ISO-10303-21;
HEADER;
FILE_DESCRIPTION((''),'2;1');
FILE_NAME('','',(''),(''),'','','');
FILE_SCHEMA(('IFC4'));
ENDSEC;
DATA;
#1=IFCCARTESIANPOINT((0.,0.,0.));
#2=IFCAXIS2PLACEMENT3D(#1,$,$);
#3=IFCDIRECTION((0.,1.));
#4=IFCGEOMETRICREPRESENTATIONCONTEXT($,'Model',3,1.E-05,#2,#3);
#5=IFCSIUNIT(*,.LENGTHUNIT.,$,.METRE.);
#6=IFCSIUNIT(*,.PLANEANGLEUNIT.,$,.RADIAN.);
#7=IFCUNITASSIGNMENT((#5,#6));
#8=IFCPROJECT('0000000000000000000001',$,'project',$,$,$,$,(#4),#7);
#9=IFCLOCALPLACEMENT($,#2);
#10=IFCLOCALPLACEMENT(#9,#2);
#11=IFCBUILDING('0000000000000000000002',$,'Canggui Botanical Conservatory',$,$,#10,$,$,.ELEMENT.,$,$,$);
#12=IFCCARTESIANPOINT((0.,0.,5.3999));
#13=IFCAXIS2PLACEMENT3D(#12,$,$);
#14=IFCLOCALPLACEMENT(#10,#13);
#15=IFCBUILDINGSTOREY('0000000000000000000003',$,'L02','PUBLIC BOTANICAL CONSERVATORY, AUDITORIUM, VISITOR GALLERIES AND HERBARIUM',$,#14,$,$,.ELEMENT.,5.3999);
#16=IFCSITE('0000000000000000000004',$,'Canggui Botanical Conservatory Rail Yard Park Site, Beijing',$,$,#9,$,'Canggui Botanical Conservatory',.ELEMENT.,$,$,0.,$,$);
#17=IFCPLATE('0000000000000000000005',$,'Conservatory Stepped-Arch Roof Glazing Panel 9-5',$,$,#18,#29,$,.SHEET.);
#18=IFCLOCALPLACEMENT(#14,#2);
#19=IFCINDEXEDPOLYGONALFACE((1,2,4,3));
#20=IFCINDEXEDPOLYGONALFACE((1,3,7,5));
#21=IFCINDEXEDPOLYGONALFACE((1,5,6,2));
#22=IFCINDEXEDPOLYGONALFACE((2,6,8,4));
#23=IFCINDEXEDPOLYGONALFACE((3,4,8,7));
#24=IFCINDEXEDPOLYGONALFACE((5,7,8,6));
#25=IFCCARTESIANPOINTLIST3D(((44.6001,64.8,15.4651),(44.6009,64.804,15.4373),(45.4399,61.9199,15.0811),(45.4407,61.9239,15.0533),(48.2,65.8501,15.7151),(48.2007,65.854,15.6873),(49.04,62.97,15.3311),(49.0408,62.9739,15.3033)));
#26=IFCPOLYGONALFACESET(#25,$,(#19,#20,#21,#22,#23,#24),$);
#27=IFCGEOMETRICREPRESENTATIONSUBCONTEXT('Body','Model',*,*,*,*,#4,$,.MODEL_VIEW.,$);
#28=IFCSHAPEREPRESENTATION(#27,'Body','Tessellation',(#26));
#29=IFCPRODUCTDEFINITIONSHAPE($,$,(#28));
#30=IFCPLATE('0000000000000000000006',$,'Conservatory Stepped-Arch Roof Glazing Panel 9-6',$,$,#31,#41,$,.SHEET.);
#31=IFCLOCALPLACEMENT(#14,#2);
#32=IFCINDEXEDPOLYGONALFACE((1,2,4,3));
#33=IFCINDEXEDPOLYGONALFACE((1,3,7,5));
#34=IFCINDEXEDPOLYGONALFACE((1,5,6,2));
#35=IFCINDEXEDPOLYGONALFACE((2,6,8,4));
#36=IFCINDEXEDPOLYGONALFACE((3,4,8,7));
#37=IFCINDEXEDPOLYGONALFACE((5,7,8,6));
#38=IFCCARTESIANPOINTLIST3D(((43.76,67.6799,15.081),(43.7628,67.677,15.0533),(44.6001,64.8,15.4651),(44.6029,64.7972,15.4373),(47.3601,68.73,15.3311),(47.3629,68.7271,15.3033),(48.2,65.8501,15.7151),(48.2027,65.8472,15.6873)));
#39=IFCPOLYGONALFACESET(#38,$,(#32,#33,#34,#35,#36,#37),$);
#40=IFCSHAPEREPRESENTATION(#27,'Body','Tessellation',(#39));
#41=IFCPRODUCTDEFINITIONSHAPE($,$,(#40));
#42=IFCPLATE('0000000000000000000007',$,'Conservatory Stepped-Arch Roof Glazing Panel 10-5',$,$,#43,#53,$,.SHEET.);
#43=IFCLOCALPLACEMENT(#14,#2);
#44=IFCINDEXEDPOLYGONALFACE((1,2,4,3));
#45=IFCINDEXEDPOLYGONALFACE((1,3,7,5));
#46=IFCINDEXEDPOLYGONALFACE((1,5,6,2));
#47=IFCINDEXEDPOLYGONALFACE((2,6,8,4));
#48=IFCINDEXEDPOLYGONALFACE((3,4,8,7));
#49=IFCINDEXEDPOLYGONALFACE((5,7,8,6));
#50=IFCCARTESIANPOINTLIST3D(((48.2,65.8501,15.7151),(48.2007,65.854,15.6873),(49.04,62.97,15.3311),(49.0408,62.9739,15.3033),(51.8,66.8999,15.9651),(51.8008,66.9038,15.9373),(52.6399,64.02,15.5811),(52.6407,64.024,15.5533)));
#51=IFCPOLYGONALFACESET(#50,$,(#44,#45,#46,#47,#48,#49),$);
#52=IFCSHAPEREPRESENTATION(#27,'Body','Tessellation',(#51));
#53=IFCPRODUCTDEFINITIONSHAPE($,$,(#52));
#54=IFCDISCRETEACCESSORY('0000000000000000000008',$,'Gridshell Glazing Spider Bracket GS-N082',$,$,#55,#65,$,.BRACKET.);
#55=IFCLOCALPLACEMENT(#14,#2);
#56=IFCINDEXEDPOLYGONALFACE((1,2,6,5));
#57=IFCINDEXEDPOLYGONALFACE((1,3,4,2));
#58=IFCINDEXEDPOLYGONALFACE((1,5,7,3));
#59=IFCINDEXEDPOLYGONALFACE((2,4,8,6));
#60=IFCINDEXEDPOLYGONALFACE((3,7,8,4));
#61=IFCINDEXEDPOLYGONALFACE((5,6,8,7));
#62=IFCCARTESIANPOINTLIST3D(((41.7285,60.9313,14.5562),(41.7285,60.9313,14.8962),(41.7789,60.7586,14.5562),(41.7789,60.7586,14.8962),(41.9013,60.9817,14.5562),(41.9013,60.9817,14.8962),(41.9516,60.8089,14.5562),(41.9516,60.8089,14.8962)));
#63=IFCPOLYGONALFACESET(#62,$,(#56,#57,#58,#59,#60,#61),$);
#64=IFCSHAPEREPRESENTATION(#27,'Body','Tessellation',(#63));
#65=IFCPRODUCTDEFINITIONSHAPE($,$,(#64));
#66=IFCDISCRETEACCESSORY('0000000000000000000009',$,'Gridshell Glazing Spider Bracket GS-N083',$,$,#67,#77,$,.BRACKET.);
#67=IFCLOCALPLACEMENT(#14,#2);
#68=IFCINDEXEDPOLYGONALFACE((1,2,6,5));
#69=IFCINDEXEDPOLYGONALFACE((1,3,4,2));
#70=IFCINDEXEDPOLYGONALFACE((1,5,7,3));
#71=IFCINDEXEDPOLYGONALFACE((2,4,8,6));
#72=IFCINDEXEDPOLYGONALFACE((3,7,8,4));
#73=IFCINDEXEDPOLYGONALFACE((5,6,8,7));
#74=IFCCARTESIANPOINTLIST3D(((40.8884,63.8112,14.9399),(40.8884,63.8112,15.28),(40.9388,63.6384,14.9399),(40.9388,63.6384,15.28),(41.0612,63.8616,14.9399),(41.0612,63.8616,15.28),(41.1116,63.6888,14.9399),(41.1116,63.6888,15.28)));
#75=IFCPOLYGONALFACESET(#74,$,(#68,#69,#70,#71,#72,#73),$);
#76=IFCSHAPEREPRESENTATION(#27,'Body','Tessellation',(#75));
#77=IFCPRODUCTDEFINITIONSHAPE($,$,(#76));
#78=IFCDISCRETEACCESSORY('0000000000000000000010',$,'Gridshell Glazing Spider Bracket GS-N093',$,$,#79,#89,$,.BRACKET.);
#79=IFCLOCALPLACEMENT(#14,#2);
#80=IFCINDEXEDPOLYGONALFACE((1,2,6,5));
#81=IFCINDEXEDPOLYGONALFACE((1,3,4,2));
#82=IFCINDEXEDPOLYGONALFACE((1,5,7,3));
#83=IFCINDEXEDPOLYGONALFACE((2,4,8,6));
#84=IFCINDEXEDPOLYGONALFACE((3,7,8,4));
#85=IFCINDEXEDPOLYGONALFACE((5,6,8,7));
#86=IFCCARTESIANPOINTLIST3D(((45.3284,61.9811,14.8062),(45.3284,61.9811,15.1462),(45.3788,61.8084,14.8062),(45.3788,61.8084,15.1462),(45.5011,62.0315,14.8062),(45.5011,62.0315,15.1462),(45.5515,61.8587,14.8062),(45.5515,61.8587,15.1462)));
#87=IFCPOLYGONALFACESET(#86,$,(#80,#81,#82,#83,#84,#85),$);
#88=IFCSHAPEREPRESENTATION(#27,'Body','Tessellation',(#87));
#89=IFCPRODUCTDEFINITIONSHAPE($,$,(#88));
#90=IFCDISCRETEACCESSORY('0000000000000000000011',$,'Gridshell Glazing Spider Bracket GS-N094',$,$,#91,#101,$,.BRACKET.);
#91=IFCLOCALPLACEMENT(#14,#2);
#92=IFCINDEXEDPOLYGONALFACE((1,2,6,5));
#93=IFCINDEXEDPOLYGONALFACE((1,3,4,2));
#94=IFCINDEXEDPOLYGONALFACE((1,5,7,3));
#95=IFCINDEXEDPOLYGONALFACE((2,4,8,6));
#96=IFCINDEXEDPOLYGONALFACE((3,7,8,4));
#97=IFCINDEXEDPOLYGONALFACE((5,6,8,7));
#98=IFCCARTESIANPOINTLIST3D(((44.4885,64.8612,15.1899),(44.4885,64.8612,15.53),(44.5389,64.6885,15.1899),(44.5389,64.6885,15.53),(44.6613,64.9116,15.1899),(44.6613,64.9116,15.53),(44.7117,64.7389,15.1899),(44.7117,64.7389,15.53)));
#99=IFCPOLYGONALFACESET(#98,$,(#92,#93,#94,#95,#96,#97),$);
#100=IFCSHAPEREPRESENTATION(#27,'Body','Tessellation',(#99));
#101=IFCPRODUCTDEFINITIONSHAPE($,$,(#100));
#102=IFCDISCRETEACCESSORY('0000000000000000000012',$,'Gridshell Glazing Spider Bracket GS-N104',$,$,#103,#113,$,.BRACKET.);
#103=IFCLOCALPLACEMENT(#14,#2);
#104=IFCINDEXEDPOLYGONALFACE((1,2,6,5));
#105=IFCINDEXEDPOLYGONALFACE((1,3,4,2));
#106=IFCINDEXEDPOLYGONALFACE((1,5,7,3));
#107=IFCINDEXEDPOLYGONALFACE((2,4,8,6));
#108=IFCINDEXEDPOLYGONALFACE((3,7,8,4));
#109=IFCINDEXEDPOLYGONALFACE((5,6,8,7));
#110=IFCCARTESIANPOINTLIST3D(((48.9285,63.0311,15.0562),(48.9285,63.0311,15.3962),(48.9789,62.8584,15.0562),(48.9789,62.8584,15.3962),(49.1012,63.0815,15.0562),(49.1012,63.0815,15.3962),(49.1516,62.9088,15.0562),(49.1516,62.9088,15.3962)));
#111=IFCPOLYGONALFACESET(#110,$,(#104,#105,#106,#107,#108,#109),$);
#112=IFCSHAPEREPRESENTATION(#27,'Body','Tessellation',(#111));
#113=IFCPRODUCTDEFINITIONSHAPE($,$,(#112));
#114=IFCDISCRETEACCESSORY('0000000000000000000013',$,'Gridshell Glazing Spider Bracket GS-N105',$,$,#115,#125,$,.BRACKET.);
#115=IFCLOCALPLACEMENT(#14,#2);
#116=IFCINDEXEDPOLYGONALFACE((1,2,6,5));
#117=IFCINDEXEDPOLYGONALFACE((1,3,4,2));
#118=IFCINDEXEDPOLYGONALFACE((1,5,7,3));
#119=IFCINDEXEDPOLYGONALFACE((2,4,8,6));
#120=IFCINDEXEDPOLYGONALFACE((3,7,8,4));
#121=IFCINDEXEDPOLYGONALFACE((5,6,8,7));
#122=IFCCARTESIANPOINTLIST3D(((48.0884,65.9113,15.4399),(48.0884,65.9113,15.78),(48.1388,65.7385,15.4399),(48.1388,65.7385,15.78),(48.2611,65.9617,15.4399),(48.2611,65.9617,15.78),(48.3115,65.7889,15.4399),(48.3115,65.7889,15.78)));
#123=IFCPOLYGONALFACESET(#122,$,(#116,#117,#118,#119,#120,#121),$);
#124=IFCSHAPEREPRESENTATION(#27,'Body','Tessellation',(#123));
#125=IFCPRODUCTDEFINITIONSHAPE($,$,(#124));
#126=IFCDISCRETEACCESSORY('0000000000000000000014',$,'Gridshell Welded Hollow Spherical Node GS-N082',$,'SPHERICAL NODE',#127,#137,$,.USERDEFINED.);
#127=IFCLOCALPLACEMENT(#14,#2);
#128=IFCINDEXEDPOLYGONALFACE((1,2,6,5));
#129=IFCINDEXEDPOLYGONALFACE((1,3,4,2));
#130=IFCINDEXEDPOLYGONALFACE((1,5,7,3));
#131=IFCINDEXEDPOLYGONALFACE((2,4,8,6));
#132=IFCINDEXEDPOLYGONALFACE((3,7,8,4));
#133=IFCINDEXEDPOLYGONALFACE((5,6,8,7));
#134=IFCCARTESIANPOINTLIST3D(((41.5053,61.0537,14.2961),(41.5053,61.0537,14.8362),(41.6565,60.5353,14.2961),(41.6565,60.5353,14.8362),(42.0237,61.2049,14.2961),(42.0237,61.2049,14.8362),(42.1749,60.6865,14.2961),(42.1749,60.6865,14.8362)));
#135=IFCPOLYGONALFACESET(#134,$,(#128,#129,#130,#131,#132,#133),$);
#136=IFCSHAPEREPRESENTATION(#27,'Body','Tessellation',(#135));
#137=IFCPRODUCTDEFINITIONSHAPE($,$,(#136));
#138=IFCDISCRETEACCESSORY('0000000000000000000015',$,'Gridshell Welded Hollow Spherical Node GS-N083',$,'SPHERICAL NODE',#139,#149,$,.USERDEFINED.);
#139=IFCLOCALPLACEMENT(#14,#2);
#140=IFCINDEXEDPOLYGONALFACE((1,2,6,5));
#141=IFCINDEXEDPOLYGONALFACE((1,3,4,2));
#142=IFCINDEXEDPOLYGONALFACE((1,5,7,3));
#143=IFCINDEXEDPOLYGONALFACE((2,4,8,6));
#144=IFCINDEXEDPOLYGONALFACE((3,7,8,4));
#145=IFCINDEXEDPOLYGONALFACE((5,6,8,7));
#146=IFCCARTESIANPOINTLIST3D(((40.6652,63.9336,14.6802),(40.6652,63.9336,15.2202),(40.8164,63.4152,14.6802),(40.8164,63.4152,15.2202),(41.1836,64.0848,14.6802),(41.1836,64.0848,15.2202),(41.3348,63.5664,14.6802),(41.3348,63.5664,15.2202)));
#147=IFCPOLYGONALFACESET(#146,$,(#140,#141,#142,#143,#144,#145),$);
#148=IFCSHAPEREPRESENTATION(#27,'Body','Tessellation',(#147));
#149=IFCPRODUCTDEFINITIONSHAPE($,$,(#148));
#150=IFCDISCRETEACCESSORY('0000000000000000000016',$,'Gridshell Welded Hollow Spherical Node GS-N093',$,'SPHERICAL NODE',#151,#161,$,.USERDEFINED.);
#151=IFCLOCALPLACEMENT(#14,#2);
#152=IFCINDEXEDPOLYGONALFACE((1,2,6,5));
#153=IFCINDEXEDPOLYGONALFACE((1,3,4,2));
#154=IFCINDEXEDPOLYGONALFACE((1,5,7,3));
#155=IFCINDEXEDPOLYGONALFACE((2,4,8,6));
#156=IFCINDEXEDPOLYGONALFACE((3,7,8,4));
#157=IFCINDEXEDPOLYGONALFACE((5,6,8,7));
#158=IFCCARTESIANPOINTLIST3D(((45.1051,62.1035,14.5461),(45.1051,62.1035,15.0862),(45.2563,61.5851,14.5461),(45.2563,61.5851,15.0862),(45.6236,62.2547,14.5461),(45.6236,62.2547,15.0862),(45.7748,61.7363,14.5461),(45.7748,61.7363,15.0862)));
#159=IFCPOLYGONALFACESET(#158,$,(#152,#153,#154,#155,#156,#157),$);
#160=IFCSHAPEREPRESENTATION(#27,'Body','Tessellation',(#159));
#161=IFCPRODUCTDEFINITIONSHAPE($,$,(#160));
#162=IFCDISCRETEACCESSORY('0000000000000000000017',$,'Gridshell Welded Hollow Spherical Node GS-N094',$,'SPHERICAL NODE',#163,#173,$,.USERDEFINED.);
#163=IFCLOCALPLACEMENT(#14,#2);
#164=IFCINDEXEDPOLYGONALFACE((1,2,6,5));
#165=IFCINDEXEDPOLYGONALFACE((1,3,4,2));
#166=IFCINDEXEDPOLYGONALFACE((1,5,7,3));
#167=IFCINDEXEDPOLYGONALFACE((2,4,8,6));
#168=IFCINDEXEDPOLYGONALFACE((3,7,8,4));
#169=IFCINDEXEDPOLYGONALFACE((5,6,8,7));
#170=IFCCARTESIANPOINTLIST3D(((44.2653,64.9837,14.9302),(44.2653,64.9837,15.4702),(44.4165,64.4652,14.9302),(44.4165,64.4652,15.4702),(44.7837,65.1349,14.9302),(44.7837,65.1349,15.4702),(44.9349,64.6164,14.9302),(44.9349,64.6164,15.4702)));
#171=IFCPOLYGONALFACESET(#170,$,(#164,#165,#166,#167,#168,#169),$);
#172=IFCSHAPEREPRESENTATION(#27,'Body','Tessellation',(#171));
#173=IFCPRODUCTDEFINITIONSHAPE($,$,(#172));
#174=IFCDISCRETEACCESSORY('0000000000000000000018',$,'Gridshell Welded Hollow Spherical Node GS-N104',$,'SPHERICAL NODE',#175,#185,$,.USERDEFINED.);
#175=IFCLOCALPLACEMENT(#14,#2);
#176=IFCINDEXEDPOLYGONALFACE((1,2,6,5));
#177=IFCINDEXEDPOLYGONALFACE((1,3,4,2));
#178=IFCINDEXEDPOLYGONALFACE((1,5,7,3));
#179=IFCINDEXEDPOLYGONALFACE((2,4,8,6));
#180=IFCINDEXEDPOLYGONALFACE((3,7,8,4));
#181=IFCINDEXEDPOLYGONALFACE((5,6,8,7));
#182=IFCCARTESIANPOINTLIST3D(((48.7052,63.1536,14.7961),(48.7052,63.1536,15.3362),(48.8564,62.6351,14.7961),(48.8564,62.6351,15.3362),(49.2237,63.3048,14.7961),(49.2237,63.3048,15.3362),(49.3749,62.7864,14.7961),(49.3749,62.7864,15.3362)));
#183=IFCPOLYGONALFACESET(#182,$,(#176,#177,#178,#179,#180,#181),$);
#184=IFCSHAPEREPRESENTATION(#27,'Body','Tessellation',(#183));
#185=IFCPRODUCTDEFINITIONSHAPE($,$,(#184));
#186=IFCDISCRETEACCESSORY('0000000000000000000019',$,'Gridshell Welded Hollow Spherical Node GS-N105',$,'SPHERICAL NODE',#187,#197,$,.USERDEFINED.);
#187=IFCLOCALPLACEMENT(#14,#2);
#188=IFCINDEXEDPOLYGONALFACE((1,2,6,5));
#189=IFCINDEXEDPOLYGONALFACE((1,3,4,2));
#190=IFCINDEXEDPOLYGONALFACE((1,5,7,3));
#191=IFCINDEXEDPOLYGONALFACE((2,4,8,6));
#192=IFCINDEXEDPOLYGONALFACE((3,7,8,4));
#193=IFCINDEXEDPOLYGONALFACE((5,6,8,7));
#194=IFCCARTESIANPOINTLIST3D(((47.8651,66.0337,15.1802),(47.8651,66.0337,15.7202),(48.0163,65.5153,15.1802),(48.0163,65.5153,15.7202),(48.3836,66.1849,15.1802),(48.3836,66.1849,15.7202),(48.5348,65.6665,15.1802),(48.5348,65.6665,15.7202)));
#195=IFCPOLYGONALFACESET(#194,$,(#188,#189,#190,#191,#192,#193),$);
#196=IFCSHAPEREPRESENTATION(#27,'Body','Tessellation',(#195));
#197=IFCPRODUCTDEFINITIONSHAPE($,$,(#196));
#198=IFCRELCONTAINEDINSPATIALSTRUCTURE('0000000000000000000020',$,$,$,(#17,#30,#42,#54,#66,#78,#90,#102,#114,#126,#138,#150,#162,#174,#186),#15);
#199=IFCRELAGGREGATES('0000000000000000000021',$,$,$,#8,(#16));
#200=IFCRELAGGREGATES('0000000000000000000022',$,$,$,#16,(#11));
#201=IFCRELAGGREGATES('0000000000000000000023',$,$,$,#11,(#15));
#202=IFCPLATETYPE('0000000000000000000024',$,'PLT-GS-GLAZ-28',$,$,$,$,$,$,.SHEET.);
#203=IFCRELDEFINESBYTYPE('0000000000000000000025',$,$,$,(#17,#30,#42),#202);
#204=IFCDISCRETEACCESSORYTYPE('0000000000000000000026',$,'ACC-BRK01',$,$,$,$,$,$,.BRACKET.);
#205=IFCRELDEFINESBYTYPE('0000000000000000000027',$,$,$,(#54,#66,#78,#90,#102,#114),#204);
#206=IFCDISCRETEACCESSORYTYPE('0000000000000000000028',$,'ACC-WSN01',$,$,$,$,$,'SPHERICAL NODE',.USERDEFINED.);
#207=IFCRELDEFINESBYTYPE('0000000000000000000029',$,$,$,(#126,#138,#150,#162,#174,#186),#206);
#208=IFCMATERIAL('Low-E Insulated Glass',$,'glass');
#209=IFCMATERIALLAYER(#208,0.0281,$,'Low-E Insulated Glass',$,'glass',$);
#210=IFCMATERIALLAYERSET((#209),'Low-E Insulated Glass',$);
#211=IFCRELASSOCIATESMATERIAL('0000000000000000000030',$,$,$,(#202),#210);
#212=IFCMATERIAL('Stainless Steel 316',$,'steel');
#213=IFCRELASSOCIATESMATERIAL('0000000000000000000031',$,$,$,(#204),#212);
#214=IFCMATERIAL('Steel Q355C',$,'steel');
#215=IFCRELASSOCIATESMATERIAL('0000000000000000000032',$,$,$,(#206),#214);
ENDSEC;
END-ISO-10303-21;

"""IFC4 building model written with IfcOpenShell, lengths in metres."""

from ifc_helpers import new_model, si_unit, direction, frame, origin, origin_2d, place, context, subcontext, project, spatial, polyline, rectangle, outline, extrude, material, layer, layer_set, type_object, element, save


model = new_model("IFC4")

# Units and contexts
model_context = context("Model", 3, precision=1e-05, world=origin(), true_north=direction((0.0, 1.0)))
body_context = subcontext(model_context, "Body", "Model", "MODEL_VIEW")
ifc_project = project(units=[si_unit("LENGTHUNIT", "METRE"), si_unit("PLANEANGLEUNIT", "RADIAN")], contexts=[model_context])

# Site, building, storey
site_placement = place(None, origin())
site = spatial("IfcSite", under=ifc_project, at=site_placement, Name="Canggui Botanical Conservatory Rail Yard Park Site, Beijing", LongName="Canggui Botanical Conservatory", CompositionType="ELEMENT", RefElevation=0.0)
building_placement = place(site_placement, origin())
building = spatial("IfcBuilding", under=site, at=building_placement, Name="Canggui Botanical Conservatory", CompositionType="ELEMENT")
storey_placement = place(building_placement, frame((0.0, 0.0, 5.3999)))
storey = spatial("IfcBuildingStorey", under=building, at=storey_placement, Name="L02", Description="PUBLIC BOTANICAL CONSERVATORY, AUDITORIUM, VISITOR GALLERIES AND HERBARIUM", CompositionType="ELEMENT", Elevation=5.3999)

# Shared definitions
ifc_material_1 = material(Name="Steel Q355C", Category="steel")

# Plates
ifc_material_2 = material(Name="Low-E Insulated Glass", Category="glass")
ifc_layer = layer(ifc_material_2, 0.0281, Name="Low-E Insulated Glass", Category="glass")
ifc_layer_set = layer_set([ifc_layer], Name="Low-E Insulated Glass")
plate_type = type_object("IfcPlateType", Name="PLT-GS-GLAZ-28", PredefinedType="SHEET", material=ifc_layer_set)
plate_1_placement = place(storey_placement, frame((45.4399, 61.9199, 15.0811), z_axis=(-0.027868, -0.140099, 0.989745), x_axis=(0.957872, 0.279385, 0.066518)))
element("IfcPlate", 1, at=plate_1_placement, inside=storey, type_object=plate_type, Name="Conservatory Stepped-Arch Roof Glazing Panel 9-5", PredefinedType="SHEET", context=body_context, shape_type="SweptSolid", body=[
    extrude(outline(polyline([(0.0, 0.0), (3.7584, 0.0), (3.7839, 3.0245), (0.0257, 3.0244), (0.0, 0.0)])), origin(), (0.0, 0.0, -1.0), 0.0281),
])
plate_2_placement = place(storey_placement, frame((44.6001, 64.8, 15.4651), z_axis=(-0.098822, 0.103159, 0.989744), x_axis=(0.957867, 0.279402, 0.066518)))
element("IfcPlate", 2, at=plate_2_placement, inside=storey, type_object=plate_type, Name="Conservatory Stepped-Arch Roof Glazing Panel 9-6", PredefinedType="SHEET", context=body_context, shape_type="SweptSolid", body=[
    extrude(outline(polyline([(0.0, 0.0), (3.7582, 0.0), (3.7328, 3.0242), (-0.0256, 3.0243), (0.0, 0.0)])), origin(), (0.0, 0.0, -1.0), 0.0281),
])
plate_3_placement = place(storey_placement, frame((49.04, 62.97, 15.3311), z_axis=(-0.027871, -0.140106, 0.989744), x_axis=(0.957867, 0.279402, 0.066525)))
element("IfcPlate", 3, at=plate_3_placement, inside=storey, type_object=plate_type, Name="Conservatory Stepped-Arch Roof Glazing Panel 10-5", PredefinedType="SHEET", context=body_context, shape_type="SweptSolid", body=[
    extrude(outline(polyline([(0.0, 0.0), (3.7582, 0.0), (3.7839, 3.0242), (0.0256, 3.0245), (0.0, 0.0)])), origin(), (0.0, 0.0, -1.0), 0.0281),
])

# Discrete accessories
ifc_material_3 = material(Name="Stainless Steel 316", Category="steel")
discrete_accessory_type_1 = type_object("IfcDiscreteAccessoryType", Name="ACC-BRK01", PredefinedType="BRACKET", material=ifc_material_3)
for number, where, z_axis, x_axis, name in (
    (4, (41.8401, 60.8701, 14.5562), (0.0, 0.0, 1.0), (0.96, 0.28, 0.0), "Gridshell Glazing Spider Bracket GS-N082"),
    (5, (41.0, 63.75, 14.9399), (0.0, 0.0, 1.0), (0.96, 0.28, 0.0), "Gridshell Glazing Spider Bracket GS-N083"),
    (6, (45.4399, 61.9199, 14.8062), (0.0, 0.0, 1.0), (0.96, 0.28, 0.0), "Gridshell Glazing Spider Bracket GS-N093"),
    (7, (44.6001, 64.8, 15.1899), (0.0, 0.0, 1.0), (0.96, 0.28, 0.0), "Gridshell Glazing Spider Bracket GS-N094"),
    (8, (49.04, 62.97, 15.0562), (0.0, 0.0, 1.0), (0.96, 0.28, 0.0), "Gridshell Glazing Spider Bracket GS-N104"),
    (9, (48.2, 65.8501, 15.4399), (0.0, 0.0, 1.0), (0.96, 0.28, 0.0), "Gridshell Glazing Spider Bracket GS-N105"),
):
    element("IfcDiscreteAccessory", number, at=place(storey_placement, frame(where, z_axis=z_axis, x_axis=x_axis)), inside=storey, type_object=discrete_accessory_type_1, Name=name, PredefinedType="BRACKET", context=body_context, shape_type="SweptSolid", body=[
        extrude(rectangle(XDim=0.1799, YDim=0.1799, at=origin_2d()), origin(), (0.0, 0.0, 1.0), 0.3401),
    ])
discrete_accessory_type_2 = type_object("IfcDiscreteAccessoryType", Name="ACC-WSN01", ElementType="SPHERICAL NODE", PredefinedType="USERDEFINED", material=ifc_material_1)
for number, where, z_axis, x_axis, name in (
    (10, (41.8401, 60.8701, 14.2961), (0.0, 0.0, 1.0), (0.96, 0.28, 0.0), "Gridshell Welded Hollow Spherical Node GS-N082"),
    (11, (41.0, 63.75, 14.6802), (0.0, 0.0, 1.0), (0.96, 0.28, 0.0), "Gridshell Welded Hollow Spherical Node GS-N083"),
    (12, (45.4399, 61.9199, 14.5461), (0.0, 0.0, 1.0), (0.96, 0.28, 0.0), "Gridshell Welded Hollow Spherical Node GS-N093"),
    (13, (44.6001, 64.8, 14.9302), (0.0, 0.0, 1.0), (0.96, 0.28, 0.0), "Gridshell Welded Hollow Spherical Node GS-N094"),
    (14, (49.04, 62.97, 14.7961), (0.0, 0.0, 1.0), (0.96, 0.28, 0.0), "Gridshell Welded Hollow Spherical Node GS-N104"),
    (15, (48.2, 65.8501, 15.1802), (0.0, 0.0, 1.0), (0.96, 0.28, 0.0), "Gridshell Welded Hollow Spherical Node GS-N105"),
):
    element("IfcDiscreteAccessory", number, at=place(storey_placement, frame(where, z_axis=z_axis, x_axis=x_axis)), inside=storey, type_object=discrete_accessory_type_2, Name=name, ObjectType="SPHERICAL NODE", PredefinedType="USERDEFINED", context=body_context, shape_type="SweptSolid", body=[
        extrude(rectangle(XDim=0.54, YDim=0.54, at=origin_2d()), origin(), (0.0, 0.0, 1.0), 0.54),
    ])

save(model, "model.ifc")
